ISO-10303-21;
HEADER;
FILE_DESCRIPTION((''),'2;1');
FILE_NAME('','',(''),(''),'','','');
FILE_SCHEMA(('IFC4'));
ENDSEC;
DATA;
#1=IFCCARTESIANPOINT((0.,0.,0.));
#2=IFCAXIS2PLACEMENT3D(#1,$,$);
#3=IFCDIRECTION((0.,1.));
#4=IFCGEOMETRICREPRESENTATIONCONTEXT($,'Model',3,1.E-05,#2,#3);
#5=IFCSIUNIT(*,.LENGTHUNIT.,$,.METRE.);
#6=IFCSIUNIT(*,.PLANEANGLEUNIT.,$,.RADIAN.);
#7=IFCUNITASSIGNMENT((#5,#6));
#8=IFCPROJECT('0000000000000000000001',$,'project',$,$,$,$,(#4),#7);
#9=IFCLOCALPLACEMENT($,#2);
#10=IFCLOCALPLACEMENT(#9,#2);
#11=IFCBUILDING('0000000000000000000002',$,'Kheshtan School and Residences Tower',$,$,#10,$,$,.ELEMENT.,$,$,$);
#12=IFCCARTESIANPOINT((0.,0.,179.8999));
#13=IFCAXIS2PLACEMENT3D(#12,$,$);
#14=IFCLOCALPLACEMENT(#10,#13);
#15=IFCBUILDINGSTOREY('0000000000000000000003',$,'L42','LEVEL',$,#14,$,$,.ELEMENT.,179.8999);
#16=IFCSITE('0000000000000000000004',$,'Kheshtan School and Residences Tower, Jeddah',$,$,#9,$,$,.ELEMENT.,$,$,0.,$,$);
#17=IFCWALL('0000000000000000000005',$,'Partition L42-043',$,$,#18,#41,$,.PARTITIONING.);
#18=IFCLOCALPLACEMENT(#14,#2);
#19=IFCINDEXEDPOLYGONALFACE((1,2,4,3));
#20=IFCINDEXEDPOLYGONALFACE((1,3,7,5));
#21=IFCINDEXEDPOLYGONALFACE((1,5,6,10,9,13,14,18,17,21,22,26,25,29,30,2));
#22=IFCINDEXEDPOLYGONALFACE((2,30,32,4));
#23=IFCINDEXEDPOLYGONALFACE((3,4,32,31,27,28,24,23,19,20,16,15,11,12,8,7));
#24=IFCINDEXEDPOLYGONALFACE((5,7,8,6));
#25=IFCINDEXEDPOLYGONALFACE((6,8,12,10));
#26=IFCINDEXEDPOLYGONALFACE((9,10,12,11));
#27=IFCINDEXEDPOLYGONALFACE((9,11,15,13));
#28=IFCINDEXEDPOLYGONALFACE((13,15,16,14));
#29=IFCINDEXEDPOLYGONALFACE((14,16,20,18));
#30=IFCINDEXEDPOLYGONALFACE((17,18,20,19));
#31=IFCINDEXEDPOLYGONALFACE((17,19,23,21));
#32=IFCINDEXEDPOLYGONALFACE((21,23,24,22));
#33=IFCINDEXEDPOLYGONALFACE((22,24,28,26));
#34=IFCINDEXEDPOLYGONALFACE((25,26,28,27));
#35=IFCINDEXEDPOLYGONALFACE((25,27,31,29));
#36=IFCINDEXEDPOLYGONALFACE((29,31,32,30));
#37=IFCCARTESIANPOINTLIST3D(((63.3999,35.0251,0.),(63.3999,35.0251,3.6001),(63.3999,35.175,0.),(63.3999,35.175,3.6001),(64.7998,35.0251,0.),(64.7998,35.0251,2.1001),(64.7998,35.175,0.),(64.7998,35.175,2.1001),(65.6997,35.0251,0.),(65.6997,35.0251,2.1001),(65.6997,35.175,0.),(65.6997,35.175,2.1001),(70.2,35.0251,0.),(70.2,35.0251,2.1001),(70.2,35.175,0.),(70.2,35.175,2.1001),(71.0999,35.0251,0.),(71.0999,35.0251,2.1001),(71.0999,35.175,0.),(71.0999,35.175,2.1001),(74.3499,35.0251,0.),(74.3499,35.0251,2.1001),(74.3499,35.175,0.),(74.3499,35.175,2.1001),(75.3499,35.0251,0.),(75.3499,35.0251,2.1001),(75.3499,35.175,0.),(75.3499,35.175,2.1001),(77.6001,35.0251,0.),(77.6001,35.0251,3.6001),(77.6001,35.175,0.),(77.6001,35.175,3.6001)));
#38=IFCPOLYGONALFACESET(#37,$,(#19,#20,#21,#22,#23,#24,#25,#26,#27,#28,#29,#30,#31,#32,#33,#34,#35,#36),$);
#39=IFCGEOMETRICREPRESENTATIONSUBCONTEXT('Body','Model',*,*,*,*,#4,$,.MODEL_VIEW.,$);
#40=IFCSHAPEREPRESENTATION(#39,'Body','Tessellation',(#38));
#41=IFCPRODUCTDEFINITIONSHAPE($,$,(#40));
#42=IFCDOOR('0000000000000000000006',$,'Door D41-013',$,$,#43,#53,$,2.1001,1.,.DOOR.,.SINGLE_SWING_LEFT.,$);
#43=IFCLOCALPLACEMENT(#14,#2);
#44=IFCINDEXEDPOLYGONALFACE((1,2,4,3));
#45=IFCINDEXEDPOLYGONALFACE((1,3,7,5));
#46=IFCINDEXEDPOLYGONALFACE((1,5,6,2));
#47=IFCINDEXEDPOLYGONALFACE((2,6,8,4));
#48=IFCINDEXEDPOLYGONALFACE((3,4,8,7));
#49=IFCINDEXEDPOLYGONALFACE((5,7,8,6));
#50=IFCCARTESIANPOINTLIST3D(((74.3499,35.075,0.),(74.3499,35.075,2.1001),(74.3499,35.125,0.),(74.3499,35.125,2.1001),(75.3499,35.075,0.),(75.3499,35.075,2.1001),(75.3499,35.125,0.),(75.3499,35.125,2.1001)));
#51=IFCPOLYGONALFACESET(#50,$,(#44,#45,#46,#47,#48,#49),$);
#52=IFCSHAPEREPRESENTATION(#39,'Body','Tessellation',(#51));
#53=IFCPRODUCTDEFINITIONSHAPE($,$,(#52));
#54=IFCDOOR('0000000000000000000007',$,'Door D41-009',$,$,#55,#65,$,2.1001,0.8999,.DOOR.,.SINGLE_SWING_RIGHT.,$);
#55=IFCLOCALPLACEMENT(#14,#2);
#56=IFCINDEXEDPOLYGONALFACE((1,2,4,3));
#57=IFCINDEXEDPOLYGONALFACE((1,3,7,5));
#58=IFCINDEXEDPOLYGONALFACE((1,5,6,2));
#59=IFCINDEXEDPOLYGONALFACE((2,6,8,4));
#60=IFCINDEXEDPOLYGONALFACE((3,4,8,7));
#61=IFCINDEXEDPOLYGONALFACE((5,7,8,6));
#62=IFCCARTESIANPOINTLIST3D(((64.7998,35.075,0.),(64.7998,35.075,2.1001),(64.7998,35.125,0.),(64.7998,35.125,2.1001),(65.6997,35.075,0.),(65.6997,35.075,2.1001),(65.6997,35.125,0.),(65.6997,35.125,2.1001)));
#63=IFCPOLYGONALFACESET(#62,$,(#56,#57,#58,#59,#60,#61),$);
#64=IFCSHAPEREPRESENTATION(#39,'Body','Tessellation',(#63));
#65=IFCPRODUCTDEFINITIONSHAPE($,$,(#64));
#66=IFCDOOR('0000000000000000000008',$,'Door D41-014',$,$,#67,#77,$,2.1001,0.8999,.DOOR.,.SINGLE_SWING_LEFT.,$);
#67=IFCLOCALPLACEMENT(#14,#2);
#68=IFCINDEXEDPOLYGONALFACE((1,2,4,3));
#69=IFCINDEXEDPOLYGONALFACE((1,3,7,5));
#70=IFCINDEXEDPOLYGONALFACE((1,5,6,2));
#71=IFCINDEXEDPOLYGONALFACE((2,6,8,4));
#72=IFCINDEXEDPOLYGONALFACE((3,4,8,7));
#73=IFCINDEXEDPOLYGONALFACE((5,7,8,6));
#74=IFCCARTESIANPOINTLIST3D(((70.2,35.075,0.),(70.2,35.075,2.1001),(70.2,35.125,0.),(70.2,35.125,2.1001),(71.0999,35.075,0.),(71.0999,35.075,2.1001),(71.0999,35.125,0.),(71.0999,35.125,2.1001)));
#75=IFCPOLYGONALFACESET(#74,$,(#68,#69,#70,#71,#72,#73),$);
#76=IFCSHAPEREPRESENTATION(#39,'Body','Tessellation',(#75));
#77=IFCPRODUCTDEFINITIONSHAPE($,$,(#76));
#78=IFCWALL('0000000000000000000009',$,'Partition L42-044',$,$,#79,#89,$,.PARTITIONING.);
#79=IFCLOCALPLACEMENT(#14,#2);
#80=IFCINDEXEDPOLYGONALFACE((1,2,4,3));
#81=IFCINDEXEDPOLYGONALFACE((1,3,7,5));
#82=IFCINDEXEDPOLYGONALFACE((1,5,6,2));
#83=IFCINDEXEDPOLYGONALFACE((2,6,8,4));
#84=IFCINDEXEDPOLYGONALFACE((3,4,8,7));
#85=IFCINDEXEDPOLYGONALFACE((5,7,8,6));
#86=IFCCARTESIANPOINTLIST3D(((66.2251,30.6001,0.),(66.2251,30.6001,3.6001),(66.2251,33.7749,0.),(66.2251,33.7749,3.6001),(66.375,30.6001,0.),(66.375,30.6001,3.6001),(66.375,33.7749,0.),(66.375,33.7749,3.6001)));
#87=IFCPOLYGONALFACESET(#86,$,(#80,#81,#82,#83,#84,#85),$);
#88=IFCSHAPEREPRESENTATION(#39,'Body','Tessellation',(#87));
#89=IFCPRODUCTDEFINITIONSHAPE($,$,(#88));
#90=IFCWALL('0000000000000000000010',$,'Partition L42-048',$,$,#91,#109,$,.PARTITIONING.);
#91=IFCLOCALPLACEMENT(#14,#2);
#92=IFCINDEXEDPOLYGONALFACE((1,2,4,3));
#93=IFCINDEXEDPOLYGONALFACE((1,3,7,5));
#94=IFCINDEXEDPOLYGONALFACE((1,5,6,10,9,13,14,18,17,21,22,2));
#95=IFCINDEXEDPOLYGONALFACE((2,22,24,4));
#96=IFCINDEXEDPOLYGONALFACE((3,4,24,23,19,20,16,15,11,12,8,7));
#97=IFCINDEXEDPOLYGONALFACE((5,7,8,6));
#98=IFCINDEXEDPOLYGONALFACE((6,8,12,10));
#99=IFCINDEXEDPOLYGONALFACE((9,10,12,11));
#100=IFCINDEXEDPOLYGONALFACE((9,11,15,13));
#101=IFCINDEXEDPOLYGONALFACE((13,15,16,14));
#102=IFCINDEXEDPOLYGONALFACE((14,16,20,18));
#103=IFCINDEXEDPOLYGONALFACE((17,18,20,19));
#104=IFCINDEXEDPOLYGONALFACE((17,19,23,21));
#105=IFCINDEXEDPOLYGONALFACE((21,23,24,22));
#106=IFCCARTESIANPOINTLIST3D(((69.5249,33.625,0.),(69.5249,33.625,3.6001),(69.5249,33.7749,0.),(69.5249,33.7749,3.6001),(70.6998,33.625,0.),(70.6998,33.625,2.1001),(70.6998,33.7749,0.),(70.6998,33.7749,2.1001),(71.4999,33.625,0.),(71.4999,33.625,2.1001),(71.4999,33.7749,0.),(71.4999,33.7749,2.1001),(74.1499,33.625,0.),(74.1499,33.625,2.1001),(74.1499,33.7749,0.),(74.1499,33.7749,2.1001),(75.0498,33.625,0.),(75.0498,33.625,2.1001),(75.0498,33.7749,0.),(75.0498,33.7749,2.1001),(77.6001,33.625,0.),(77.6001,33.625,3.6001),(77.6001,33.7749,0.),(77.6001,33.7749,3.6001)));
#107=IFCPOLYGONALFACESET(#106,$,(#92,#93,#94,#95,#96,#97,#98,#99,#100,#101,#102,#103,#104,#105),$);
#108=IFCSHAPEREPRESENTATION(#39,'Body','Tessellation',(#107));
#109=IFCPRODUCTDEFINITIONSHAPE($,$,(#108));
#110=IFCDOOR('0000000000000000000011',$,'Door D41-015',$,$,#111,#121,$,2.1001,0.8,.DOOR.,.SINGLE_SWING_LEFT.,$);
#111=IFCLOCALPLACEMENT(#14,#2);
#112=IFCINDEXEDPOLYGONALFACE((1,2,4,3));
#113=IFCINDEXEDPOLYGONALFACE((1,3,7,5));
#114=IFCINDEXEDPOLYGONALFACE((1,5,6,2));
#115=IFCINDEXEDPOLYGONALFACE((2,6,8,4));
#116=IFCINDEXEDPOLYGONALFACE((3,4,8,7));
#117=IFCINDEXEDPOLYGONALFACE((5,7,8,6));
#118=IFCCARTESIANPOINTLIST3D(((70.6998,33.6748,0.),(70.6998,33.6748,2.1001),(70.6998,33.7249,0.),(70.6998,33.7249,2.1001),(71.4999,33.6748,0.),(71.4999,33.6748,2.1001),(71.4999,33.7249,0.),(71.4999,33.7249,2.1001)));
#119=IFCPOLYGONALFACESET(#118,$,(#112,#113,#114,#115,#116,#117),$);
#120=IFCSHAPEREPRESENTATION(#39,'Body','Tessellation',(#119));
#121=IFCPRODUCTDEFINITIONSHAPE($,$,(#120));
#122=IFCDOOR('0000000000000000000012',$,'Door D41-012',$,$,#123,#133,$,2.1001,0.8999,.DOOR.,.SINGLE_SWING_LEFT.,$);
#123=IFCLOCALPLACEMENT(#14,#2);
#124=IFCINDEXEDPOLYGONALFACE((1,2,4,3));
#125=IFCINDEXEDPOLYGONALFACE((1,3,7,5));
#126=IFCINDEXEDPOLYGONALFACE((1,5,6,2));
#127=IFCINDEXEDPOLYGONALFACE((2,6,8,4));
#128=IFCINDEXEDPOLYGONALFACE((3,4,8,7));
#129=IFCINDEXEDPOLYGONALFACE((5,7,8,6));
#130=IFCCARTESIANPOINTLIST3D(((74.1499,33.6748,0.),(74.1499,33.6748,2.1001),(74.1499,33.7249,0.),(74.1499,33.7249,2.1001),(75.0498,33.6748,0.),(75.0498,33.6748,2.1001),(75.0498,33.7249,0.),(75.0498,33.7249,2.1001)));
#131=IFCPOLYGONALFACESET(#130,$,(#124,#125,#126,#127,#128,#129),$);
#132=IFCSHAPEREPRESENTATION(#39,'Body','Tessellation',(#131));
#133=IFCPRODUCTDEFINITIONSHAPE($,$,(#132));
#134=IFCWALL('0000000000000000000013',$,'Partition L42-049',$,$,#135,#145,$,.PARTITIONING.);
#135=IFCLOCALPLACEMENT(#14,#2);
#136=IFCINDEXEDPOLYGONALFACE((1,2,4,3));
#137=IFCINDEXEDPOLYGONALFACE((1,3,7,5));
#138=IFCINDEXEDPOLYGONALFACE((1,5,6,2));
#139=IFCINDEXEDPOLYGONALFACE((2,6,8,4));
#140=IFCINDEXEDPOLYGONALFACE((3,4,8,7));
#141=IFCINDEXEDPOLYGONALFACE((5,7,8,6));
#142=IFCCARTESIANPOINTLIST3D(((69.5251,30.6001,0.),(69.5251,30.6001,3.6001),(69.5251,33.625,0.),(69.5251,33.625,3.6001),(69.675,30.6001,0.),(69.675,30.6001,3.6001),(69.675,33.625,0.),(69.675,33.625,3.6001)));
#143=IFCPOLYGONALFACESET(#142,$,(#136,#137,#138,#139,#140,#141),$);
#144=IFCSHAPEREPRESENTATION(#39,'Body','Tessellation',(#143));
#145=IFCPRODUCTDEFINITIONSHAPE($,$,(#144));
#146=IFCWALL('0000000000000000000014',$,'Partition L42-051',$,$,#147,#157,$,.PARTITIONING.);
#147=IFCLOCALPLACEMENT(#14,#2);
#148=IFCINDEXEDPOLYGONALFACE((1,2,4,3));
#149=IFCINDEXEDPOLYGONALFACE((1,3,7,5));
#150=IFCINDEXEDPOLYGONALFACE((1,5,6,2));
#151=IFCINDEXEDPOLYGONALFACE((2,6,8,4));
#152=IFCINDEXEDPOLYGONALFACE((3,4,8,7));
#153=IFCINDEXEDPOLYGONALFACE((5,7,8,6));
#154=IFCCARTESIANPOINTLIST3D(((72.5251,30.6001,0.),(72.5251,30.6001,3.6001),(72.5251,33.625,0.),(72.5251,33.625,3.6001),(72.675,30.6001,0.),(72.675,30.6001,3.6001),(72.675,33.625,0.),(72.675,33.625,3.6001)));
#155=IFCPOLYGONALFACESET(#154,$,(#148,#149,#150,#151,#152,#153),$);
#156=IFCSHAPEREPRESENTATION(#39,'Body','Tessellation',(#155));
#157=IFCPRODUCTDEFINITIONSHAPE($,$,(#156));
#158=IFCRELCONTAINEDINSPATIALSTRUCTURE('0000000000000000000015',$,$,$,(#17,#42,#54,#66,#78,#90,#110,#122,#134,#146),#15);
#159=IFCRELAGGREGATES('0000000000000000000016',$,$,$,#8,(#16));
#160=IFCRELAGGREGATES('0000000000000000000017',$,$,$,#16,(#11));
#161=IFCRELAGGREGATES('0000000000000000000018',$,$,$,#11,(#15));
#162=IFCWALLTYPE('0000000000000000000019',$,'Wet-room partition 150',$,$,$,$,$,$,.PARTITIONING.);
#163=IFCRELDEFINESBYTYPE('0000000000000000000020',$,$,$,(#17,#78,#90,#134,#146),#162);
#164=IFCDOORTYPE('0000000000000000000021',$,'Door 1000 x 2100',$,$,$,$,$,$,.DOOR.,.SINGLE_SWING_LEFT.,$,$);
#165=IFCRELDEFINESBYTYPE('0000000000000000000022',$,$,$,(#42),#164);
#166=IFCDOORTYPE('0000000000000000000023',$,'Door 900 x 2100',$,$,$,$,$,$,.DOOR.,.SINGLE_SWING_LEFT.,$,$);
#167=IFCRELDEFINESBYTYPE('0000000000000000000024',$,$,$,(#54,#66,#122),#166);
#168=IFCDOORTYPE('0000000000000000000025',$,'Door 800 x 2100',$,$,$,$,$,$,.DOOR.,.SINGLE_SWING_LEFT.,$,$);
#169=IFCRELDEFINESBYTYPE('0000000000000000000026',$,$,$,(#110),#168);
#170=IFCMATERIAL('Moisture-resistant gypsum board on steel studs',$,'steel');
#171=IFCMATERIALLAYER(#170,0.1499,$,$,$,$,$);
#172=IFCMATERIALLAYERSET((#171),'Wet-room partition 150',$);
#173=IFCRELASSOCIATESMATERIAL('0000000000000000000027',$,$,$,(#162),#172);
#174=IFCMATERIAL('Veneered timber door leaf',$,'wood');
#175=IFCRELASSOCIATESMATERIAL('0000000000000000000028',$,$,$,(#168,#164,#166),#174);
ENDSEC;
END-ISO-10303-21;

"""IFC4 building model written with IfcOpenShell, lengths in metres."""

from ifc_helpers import new_model, si_unit, direction, frame, frame_2d, origin, place, context, subcontext, project, spatial, rectangle, extrude, source, transform, mapped, material, layer, layer_set, type_object, element, fill, save


model = new_model("IFC4")

# Units and contexts
model_context = context("Model", 3, precision=1e-05, world=origin(), true_north=direction((0.0, 1.0)))
body_context = subcontext(model_context, "Body", "Model", "MODEL_VIEW")
ifc_project = project(units=[si_unit("LENGTHUNIT", "METRE"), si_unit("PLANEANGLEUNIT", "RADIAN")], contexts=[model_context])

# Site, building, storey
site_placement = place(None, origin())
site = spatial("IfcSite", under=ifc_project, at=site_placement, Name="Kheshtan School and Residences Tower, Jeddah", CompositionType="ELEMENT", RefElevation=0.0)
building_placement = place(site_placement, origin())
building = spatial("IfcBuilding", under=site, at=building_placement, Name="Kheshtan School and Residences Tower", CompositionType="ELEMENT")
storey_placement = place(building_placement, frame((0.0, 0.0, 179.8999)))
storey = spatial("IfcBuildingStorey", under=building, at=storey_placement, Name="L42", Description="LEVEL", CompositionType="ELEMENT", Elevation=179.8999)

# Shared definitions
ifc_material_1 = material(Name="Moisture-resistant gypsum board on steel studs", Category="steel")
ifc_layer_1 = layer(ifc_material_1, 0.1499)
ifc_layer_set_1 = layer_set([ifc_layer_1], Name="Wet-room partition 150")
wall_type_1 = type_object("IfcWallType", Name="Wet-room partition 150", PredefinedType="PARTITIONING", material=ifc_layer_set_1)
ifc_material_2 = material(Name="Veneered timber door leaf", Category="wood")
door_type_1 = type_object("IfcDoorType", Name="Door 800 x 2100", OperationType="SINGLE_SWING_LEFT", PredefinedType="DOOR", material=ifc_material_2)
shared_shape_1 = source(origin(), body_context, "Body", "SweptSolid", [
    extrude(rectangle(XDim=0.8, YDim=2.1001, at=frame_2d((0.3999, 1.05))), frame((0.0, 0.0249, 0.0), z_axis=(0.0, -1.0, 0.0), x_axis=(1.0, 0.0, 0.0)), (0.0, 0.0, 1.0), 0.05),
])

# Wall, openings, doors
wall_1_placement = place(storey_placement, frame((63.3999, 35.1001, 0.0), z_axis=(0.0, 0.0, 1.0), x_axis=(1.0, 0.0, 0.0)))
wall_1 = element("IfcWall", 1, at=wall_1_placement, inside=storey, type_object=wall_type_1, Name="Partition L42-043", PredefinedType="PARTITIONING", context=body_context, shape_type="SweptSolid", body=[
    extrude(rectangle(XDim=14.2002, YDim=0.1499, at=frame_2d((7.1001, 0.0))), origin(), (0.0, 0.0, 1.0), 3.6001),
])
opening_1_placement = place(wall_1_placement, frame((1.3999, 0.0, 0.0)))
opening_1 = element("IfcOpeningElement", 2, at=opening_1_placement, cuts=wall_1, PredefinedType="OPENING", context=body_context, shape_type="SweptSolid", body=[
    extrude(rectangle(XDim=0.8999, YDim=2.1001, at=frame_2d((0.45, 1.05))), frame((0.0, 0.085, 0.0), z_axis=(0.0, -1.0, 0.0), x_axis=(1.0, 0.0, 0.0)), (0.0, 0.0, 1.0), 0.1699),
])
opening_2_placement = place(wall_1_placement, frame((10.95, 0.0, 0.0)))
opening_2 = element("IfcOpeningElement", 3, at=opening_2_placement, cuts=wall_1, PredefinedType="OPENING", context=body_context, shape_type="SweptSolid", body=[
    extrude(rectangle(XDim=1.0, YDim=2.1001, at=frame_2d((0.5, 1.05))), frame((0.0, 0.085, 0.0), z_axis=(0.0, -1.0, 0.0), x_axis=(1.0, 0.0, 0.0)), (0.0, 0.0, 1.0), 0.1699),
])
opening_3_placement = place(wall_1_placement, frame((6.8, 0.0, 0.0)))
opening_3 = element("IfcOpeningElement", 4, at=opening_3_placement, cuts=wall_1, PredefinedType="OPENING", context=body_context, shape_type="SweptSolid", body=[
    extrude(rectangle(XDim=0.8999, YDim=2.1001, at=frame_2d((0.45, 1.05))), frame((0.0, 0.085, 0.0), z_axis=(0.0, -1.0, 0.0), x_axis=(1.0, 0.0, 0.0)), (0.0, 0.0, 1.0), 0.1699),
])
door_type_2 = type_object("IfcDoorType", Name="Door 1000 x 2100", OperationType="SINGLE_SWING_LEFT", PredefinedType="DOOR", material=ifc_material_2)
shared_shape_2 = source(origin(), body_context, "Body", "SweptSolid", [
    extrude(rectangle(XDim=1.0, YDim=2.1001, at=frame_2d((0.5, 1.05))), frame((0.0, 0.0249, 0.0), z_axis=(0.0, -1.0, 0.0), x_axis=(1.0, 0.0, 0.0)), (0.0, 0.0, 1.0), 0.05),
])
door_1_placement = place(opening_2_placement, origin())
door_1 = element("IfcDoor", 5, at=door_1_placement, inside=storey, type_object=door_type_2, Name="Door D41-013", OperationType="SINGLE_SWING_LEFT", OverallHeight=2.1001, OverallWidth=1.0, PredefinedType="DOOR", context=body_context, shape_type="MappedRepresentation", body=[
    mapped(shared_shape_2, transform((0.0, 0.0, 0.0), x_axis=(1.0, 0.0, 0.0), y_axis=(0.0, 1.0, 0.0), z_axis=(0.0, 0.0, 1.0), scale=1.0)),
])
fill(opening_2, door_1)
door_type_3 = type_object("IfcDoorType", Name="Door 900 x 2100", OperationType="SINGLE_SWING_LEFT", PredefinedType="DOOR", material=ifc_material_2)
shared_shape_3 = source(origin(), body_context, "Body", "SweptSolid", [
    extrude(rectangle(XDim=0.8999, YDim=2.1001, at=frame_2d((0.45, 1.05))), frame((0.0, 0.0249, 0.0), z_axis=(0.0, -1.0, 0.0), x_axis=(1.0, 0.0, 0.0)), (0.0, 0.0, 1.0), 0.05),
])
door_2_placement = place(opening_1_placement, origin())
door_2 = element("IfcDoor", 6, at=door_2_placement, inside=storey, type_object=door_type_3, Name="Door D41-009", OperationType="SINGLE_SWING_RIGHT", OverallHeight=2.1001, OverallWidth=0.8999, PredefinedType="DOOR", context=body_context, shape_type="MappedRepresentation", body=[
    mapped(shared_shape_3, transform((0.0, 0.0, 0.0), x_axis=(1.0, 0.0, 0.0), y_axis=(0.0, 1.0, 0.0), z_axis=(0.0, 0.0, 1.0), scale=1.0)),
])
fill(opening_1, door_2)
door_3_placement = place(opening_3_placement, origin())
door_3 = element("IfcDoor", 7, at=door_3_placement, inside=storey, type_object=door_type_3, Name="Door D41-014", OperationType="SINGLE_SWING_LEFT", OverallHeight=2.1001, OverallWidth=0.8999, PredefinedType="DOOR", context=body_context, shape_type="MappedRepresentation", body=[
    mapped(shared_shape_3, transform((0.0, 0.0, 0.0), x_axis=(1.0, 0.0, 0.0), y_axis=(0.0, 1.0, 0.0), z_axis=(0.0, 0.0, 1.0), scale=1.0)),
])
fill(opening_3, door_3)

# Wall
wall_2_placement = place(storey_placement, frame((66.3, 30.6001, 0.0), z_axis=(0.0, 0.0, 1.0), x_axis=(0.0, 1.0, 0.0)))
element("IfcWall", 8, at=wall_2_placement, inside=storey, type_object=wall_type_1, Name="Partition L42-044", PredefinedType="PARTITIONING", context=body_context, shape_type="SweptSolid", body=[
    extrude(rectangle(XDim=3.1748, YDim=0.1499, at=frame_2d((1.5874, 0.0))), origin(), (0.0, 0.0, 1.0), 3.6001),
])

# Wall, openings, doors
wall_3_placement = place(storey_placement, frame((69.5249, 33.7, 0.0), z_axis=(0.0, 0.0, 1.0), x_axis=(1.0, 0.0, 0.0)))
wall_3 = element("IfcWall", 9, at=wall_3_placement, inside=storey, type_object=wall_type_1, Name="Partition L42-048", PredefinedType="PARTITIONING", context=body_context, shape_type="SweptSolid", body=[
    extrude(rectangle(XDim=8.0752, YDim=0.1499, at=frame_2d((4.0376, 0.0))), origin(), (0.0, 0.0, 1.0), 3.6001),
])
opening_4_placement = place(wall_3_placement, frame((4.625, 0.0, 0.0)))
opening_4 = element("IfcOpeningElement", 10, at=opening_4_placement, cuts=wall_3, PredefinedType="OPENING", context=body_context, shape_type="SweptSolid", body=[
    extrude(rectangle(XDim=0.8999, YDim=2.1001, at=frame_2d((0.45, 1.05))), frame((0.0, 0.085, 0.0), z_axis=(0.0, -1.0, 0.0), x_axis=(1.0, 0.0, 0.0)), (0.0, 0.0, 1.0), 0.1699),
])
opening_5_placement = place(wall_3_placement, frame((1.175, 0.0, 0.0)))
opening_5 = element("IfcOpeningElement", 11, at=opening_5_placement, cuts=wall_3, PredefinedType="OPENING", context=body_context, shape_type="SweptSolid", body=[
    extrude(rectangle(XDim=0.8, YDim=2.1001, at=frame_2d((0.3999, 1.05))), frame((0.0, 0.085, 0.0), z_axis=(0.0, -1.0, 0.0), x_axis=(1.0, 0.0, 0.0)), (0.0, 0.0, 1.0), 0.1699),
])
door_4_placement = place(opening_5_placement, origin())
door_4 = element("IfcDoor", 12, at=door_4_placement, inside=storey, type_object=door_type_1, Name="Door D41-015", OperationType="SINGLE_SWING_LEFT", OverallHeight=2.1001, OverallWidth=0.8, PredefinedType="DOOR", context=body_context, shape_type="MappedRepresentation", body=[
    mapped(shared_shape_1, transform((0.0, 0.0, 0.0), x_axis=(1.0, 0.0, 0.0), y_axis=(0.0, 1.0, 0.0), z_axis=(0.0, 0.0, 1.0), scale=1.0)),
])
fill(opening_5, door_4)
door_5_placement = place(opening_4_placement, origin())
door_5 = element("IfcDoor", 13, at=door_5_placement, inside=storey, type_object=door_type_3, Name="Door D41-012", OperationType="SINGLE_SWING_LEFT", OverallHeight=2.1001, OverallWidth=0.8999, PredefinedType="DOOR", context=body_context, shape_type="MappedRepresentation", body=[
    mapped(shared_shape_3, transform((0.0, 0.0, 0.0), x_axis=(1.0, 0.0, 0.0), y_axis=(0.0, 1.0, 0.0), z_axis=(0.0, 0.0, 1.0), scale=1.0)),
])
fill(opening_4, door_5)

# Walls
for number, where, z_axis, x_axis, name in (
    (14, (69.6001, 30.6001, 0.0), (0.0, 0.0, 1.0), (0.0, 1.0, 0.0), "Partition L42-049"),
    (15, (72.6001, 30.6001, 0.0), (0.0, 0.0, 1.0), (0.0, 1.0, 0.0), "Partition L42-051"),
):
    element("IfcWall", number, at=place(storey_placement, frame(where, z_axis=z_axis, x_axis=x_axis)), inside=storey, type_object=wall_type_1, Name=name, PredefinedType="PARTITIONING", context=body_context, shape_type="SweptSolid", body=[
        extrude(rectangle(XDim=3.0249, YDim=0.1499, at=frame_2d((1.5125, 0.0))), origin(), (0.0, 0.0, 1.0), 3.6001),
    ])

save(model, "model.ifc")
